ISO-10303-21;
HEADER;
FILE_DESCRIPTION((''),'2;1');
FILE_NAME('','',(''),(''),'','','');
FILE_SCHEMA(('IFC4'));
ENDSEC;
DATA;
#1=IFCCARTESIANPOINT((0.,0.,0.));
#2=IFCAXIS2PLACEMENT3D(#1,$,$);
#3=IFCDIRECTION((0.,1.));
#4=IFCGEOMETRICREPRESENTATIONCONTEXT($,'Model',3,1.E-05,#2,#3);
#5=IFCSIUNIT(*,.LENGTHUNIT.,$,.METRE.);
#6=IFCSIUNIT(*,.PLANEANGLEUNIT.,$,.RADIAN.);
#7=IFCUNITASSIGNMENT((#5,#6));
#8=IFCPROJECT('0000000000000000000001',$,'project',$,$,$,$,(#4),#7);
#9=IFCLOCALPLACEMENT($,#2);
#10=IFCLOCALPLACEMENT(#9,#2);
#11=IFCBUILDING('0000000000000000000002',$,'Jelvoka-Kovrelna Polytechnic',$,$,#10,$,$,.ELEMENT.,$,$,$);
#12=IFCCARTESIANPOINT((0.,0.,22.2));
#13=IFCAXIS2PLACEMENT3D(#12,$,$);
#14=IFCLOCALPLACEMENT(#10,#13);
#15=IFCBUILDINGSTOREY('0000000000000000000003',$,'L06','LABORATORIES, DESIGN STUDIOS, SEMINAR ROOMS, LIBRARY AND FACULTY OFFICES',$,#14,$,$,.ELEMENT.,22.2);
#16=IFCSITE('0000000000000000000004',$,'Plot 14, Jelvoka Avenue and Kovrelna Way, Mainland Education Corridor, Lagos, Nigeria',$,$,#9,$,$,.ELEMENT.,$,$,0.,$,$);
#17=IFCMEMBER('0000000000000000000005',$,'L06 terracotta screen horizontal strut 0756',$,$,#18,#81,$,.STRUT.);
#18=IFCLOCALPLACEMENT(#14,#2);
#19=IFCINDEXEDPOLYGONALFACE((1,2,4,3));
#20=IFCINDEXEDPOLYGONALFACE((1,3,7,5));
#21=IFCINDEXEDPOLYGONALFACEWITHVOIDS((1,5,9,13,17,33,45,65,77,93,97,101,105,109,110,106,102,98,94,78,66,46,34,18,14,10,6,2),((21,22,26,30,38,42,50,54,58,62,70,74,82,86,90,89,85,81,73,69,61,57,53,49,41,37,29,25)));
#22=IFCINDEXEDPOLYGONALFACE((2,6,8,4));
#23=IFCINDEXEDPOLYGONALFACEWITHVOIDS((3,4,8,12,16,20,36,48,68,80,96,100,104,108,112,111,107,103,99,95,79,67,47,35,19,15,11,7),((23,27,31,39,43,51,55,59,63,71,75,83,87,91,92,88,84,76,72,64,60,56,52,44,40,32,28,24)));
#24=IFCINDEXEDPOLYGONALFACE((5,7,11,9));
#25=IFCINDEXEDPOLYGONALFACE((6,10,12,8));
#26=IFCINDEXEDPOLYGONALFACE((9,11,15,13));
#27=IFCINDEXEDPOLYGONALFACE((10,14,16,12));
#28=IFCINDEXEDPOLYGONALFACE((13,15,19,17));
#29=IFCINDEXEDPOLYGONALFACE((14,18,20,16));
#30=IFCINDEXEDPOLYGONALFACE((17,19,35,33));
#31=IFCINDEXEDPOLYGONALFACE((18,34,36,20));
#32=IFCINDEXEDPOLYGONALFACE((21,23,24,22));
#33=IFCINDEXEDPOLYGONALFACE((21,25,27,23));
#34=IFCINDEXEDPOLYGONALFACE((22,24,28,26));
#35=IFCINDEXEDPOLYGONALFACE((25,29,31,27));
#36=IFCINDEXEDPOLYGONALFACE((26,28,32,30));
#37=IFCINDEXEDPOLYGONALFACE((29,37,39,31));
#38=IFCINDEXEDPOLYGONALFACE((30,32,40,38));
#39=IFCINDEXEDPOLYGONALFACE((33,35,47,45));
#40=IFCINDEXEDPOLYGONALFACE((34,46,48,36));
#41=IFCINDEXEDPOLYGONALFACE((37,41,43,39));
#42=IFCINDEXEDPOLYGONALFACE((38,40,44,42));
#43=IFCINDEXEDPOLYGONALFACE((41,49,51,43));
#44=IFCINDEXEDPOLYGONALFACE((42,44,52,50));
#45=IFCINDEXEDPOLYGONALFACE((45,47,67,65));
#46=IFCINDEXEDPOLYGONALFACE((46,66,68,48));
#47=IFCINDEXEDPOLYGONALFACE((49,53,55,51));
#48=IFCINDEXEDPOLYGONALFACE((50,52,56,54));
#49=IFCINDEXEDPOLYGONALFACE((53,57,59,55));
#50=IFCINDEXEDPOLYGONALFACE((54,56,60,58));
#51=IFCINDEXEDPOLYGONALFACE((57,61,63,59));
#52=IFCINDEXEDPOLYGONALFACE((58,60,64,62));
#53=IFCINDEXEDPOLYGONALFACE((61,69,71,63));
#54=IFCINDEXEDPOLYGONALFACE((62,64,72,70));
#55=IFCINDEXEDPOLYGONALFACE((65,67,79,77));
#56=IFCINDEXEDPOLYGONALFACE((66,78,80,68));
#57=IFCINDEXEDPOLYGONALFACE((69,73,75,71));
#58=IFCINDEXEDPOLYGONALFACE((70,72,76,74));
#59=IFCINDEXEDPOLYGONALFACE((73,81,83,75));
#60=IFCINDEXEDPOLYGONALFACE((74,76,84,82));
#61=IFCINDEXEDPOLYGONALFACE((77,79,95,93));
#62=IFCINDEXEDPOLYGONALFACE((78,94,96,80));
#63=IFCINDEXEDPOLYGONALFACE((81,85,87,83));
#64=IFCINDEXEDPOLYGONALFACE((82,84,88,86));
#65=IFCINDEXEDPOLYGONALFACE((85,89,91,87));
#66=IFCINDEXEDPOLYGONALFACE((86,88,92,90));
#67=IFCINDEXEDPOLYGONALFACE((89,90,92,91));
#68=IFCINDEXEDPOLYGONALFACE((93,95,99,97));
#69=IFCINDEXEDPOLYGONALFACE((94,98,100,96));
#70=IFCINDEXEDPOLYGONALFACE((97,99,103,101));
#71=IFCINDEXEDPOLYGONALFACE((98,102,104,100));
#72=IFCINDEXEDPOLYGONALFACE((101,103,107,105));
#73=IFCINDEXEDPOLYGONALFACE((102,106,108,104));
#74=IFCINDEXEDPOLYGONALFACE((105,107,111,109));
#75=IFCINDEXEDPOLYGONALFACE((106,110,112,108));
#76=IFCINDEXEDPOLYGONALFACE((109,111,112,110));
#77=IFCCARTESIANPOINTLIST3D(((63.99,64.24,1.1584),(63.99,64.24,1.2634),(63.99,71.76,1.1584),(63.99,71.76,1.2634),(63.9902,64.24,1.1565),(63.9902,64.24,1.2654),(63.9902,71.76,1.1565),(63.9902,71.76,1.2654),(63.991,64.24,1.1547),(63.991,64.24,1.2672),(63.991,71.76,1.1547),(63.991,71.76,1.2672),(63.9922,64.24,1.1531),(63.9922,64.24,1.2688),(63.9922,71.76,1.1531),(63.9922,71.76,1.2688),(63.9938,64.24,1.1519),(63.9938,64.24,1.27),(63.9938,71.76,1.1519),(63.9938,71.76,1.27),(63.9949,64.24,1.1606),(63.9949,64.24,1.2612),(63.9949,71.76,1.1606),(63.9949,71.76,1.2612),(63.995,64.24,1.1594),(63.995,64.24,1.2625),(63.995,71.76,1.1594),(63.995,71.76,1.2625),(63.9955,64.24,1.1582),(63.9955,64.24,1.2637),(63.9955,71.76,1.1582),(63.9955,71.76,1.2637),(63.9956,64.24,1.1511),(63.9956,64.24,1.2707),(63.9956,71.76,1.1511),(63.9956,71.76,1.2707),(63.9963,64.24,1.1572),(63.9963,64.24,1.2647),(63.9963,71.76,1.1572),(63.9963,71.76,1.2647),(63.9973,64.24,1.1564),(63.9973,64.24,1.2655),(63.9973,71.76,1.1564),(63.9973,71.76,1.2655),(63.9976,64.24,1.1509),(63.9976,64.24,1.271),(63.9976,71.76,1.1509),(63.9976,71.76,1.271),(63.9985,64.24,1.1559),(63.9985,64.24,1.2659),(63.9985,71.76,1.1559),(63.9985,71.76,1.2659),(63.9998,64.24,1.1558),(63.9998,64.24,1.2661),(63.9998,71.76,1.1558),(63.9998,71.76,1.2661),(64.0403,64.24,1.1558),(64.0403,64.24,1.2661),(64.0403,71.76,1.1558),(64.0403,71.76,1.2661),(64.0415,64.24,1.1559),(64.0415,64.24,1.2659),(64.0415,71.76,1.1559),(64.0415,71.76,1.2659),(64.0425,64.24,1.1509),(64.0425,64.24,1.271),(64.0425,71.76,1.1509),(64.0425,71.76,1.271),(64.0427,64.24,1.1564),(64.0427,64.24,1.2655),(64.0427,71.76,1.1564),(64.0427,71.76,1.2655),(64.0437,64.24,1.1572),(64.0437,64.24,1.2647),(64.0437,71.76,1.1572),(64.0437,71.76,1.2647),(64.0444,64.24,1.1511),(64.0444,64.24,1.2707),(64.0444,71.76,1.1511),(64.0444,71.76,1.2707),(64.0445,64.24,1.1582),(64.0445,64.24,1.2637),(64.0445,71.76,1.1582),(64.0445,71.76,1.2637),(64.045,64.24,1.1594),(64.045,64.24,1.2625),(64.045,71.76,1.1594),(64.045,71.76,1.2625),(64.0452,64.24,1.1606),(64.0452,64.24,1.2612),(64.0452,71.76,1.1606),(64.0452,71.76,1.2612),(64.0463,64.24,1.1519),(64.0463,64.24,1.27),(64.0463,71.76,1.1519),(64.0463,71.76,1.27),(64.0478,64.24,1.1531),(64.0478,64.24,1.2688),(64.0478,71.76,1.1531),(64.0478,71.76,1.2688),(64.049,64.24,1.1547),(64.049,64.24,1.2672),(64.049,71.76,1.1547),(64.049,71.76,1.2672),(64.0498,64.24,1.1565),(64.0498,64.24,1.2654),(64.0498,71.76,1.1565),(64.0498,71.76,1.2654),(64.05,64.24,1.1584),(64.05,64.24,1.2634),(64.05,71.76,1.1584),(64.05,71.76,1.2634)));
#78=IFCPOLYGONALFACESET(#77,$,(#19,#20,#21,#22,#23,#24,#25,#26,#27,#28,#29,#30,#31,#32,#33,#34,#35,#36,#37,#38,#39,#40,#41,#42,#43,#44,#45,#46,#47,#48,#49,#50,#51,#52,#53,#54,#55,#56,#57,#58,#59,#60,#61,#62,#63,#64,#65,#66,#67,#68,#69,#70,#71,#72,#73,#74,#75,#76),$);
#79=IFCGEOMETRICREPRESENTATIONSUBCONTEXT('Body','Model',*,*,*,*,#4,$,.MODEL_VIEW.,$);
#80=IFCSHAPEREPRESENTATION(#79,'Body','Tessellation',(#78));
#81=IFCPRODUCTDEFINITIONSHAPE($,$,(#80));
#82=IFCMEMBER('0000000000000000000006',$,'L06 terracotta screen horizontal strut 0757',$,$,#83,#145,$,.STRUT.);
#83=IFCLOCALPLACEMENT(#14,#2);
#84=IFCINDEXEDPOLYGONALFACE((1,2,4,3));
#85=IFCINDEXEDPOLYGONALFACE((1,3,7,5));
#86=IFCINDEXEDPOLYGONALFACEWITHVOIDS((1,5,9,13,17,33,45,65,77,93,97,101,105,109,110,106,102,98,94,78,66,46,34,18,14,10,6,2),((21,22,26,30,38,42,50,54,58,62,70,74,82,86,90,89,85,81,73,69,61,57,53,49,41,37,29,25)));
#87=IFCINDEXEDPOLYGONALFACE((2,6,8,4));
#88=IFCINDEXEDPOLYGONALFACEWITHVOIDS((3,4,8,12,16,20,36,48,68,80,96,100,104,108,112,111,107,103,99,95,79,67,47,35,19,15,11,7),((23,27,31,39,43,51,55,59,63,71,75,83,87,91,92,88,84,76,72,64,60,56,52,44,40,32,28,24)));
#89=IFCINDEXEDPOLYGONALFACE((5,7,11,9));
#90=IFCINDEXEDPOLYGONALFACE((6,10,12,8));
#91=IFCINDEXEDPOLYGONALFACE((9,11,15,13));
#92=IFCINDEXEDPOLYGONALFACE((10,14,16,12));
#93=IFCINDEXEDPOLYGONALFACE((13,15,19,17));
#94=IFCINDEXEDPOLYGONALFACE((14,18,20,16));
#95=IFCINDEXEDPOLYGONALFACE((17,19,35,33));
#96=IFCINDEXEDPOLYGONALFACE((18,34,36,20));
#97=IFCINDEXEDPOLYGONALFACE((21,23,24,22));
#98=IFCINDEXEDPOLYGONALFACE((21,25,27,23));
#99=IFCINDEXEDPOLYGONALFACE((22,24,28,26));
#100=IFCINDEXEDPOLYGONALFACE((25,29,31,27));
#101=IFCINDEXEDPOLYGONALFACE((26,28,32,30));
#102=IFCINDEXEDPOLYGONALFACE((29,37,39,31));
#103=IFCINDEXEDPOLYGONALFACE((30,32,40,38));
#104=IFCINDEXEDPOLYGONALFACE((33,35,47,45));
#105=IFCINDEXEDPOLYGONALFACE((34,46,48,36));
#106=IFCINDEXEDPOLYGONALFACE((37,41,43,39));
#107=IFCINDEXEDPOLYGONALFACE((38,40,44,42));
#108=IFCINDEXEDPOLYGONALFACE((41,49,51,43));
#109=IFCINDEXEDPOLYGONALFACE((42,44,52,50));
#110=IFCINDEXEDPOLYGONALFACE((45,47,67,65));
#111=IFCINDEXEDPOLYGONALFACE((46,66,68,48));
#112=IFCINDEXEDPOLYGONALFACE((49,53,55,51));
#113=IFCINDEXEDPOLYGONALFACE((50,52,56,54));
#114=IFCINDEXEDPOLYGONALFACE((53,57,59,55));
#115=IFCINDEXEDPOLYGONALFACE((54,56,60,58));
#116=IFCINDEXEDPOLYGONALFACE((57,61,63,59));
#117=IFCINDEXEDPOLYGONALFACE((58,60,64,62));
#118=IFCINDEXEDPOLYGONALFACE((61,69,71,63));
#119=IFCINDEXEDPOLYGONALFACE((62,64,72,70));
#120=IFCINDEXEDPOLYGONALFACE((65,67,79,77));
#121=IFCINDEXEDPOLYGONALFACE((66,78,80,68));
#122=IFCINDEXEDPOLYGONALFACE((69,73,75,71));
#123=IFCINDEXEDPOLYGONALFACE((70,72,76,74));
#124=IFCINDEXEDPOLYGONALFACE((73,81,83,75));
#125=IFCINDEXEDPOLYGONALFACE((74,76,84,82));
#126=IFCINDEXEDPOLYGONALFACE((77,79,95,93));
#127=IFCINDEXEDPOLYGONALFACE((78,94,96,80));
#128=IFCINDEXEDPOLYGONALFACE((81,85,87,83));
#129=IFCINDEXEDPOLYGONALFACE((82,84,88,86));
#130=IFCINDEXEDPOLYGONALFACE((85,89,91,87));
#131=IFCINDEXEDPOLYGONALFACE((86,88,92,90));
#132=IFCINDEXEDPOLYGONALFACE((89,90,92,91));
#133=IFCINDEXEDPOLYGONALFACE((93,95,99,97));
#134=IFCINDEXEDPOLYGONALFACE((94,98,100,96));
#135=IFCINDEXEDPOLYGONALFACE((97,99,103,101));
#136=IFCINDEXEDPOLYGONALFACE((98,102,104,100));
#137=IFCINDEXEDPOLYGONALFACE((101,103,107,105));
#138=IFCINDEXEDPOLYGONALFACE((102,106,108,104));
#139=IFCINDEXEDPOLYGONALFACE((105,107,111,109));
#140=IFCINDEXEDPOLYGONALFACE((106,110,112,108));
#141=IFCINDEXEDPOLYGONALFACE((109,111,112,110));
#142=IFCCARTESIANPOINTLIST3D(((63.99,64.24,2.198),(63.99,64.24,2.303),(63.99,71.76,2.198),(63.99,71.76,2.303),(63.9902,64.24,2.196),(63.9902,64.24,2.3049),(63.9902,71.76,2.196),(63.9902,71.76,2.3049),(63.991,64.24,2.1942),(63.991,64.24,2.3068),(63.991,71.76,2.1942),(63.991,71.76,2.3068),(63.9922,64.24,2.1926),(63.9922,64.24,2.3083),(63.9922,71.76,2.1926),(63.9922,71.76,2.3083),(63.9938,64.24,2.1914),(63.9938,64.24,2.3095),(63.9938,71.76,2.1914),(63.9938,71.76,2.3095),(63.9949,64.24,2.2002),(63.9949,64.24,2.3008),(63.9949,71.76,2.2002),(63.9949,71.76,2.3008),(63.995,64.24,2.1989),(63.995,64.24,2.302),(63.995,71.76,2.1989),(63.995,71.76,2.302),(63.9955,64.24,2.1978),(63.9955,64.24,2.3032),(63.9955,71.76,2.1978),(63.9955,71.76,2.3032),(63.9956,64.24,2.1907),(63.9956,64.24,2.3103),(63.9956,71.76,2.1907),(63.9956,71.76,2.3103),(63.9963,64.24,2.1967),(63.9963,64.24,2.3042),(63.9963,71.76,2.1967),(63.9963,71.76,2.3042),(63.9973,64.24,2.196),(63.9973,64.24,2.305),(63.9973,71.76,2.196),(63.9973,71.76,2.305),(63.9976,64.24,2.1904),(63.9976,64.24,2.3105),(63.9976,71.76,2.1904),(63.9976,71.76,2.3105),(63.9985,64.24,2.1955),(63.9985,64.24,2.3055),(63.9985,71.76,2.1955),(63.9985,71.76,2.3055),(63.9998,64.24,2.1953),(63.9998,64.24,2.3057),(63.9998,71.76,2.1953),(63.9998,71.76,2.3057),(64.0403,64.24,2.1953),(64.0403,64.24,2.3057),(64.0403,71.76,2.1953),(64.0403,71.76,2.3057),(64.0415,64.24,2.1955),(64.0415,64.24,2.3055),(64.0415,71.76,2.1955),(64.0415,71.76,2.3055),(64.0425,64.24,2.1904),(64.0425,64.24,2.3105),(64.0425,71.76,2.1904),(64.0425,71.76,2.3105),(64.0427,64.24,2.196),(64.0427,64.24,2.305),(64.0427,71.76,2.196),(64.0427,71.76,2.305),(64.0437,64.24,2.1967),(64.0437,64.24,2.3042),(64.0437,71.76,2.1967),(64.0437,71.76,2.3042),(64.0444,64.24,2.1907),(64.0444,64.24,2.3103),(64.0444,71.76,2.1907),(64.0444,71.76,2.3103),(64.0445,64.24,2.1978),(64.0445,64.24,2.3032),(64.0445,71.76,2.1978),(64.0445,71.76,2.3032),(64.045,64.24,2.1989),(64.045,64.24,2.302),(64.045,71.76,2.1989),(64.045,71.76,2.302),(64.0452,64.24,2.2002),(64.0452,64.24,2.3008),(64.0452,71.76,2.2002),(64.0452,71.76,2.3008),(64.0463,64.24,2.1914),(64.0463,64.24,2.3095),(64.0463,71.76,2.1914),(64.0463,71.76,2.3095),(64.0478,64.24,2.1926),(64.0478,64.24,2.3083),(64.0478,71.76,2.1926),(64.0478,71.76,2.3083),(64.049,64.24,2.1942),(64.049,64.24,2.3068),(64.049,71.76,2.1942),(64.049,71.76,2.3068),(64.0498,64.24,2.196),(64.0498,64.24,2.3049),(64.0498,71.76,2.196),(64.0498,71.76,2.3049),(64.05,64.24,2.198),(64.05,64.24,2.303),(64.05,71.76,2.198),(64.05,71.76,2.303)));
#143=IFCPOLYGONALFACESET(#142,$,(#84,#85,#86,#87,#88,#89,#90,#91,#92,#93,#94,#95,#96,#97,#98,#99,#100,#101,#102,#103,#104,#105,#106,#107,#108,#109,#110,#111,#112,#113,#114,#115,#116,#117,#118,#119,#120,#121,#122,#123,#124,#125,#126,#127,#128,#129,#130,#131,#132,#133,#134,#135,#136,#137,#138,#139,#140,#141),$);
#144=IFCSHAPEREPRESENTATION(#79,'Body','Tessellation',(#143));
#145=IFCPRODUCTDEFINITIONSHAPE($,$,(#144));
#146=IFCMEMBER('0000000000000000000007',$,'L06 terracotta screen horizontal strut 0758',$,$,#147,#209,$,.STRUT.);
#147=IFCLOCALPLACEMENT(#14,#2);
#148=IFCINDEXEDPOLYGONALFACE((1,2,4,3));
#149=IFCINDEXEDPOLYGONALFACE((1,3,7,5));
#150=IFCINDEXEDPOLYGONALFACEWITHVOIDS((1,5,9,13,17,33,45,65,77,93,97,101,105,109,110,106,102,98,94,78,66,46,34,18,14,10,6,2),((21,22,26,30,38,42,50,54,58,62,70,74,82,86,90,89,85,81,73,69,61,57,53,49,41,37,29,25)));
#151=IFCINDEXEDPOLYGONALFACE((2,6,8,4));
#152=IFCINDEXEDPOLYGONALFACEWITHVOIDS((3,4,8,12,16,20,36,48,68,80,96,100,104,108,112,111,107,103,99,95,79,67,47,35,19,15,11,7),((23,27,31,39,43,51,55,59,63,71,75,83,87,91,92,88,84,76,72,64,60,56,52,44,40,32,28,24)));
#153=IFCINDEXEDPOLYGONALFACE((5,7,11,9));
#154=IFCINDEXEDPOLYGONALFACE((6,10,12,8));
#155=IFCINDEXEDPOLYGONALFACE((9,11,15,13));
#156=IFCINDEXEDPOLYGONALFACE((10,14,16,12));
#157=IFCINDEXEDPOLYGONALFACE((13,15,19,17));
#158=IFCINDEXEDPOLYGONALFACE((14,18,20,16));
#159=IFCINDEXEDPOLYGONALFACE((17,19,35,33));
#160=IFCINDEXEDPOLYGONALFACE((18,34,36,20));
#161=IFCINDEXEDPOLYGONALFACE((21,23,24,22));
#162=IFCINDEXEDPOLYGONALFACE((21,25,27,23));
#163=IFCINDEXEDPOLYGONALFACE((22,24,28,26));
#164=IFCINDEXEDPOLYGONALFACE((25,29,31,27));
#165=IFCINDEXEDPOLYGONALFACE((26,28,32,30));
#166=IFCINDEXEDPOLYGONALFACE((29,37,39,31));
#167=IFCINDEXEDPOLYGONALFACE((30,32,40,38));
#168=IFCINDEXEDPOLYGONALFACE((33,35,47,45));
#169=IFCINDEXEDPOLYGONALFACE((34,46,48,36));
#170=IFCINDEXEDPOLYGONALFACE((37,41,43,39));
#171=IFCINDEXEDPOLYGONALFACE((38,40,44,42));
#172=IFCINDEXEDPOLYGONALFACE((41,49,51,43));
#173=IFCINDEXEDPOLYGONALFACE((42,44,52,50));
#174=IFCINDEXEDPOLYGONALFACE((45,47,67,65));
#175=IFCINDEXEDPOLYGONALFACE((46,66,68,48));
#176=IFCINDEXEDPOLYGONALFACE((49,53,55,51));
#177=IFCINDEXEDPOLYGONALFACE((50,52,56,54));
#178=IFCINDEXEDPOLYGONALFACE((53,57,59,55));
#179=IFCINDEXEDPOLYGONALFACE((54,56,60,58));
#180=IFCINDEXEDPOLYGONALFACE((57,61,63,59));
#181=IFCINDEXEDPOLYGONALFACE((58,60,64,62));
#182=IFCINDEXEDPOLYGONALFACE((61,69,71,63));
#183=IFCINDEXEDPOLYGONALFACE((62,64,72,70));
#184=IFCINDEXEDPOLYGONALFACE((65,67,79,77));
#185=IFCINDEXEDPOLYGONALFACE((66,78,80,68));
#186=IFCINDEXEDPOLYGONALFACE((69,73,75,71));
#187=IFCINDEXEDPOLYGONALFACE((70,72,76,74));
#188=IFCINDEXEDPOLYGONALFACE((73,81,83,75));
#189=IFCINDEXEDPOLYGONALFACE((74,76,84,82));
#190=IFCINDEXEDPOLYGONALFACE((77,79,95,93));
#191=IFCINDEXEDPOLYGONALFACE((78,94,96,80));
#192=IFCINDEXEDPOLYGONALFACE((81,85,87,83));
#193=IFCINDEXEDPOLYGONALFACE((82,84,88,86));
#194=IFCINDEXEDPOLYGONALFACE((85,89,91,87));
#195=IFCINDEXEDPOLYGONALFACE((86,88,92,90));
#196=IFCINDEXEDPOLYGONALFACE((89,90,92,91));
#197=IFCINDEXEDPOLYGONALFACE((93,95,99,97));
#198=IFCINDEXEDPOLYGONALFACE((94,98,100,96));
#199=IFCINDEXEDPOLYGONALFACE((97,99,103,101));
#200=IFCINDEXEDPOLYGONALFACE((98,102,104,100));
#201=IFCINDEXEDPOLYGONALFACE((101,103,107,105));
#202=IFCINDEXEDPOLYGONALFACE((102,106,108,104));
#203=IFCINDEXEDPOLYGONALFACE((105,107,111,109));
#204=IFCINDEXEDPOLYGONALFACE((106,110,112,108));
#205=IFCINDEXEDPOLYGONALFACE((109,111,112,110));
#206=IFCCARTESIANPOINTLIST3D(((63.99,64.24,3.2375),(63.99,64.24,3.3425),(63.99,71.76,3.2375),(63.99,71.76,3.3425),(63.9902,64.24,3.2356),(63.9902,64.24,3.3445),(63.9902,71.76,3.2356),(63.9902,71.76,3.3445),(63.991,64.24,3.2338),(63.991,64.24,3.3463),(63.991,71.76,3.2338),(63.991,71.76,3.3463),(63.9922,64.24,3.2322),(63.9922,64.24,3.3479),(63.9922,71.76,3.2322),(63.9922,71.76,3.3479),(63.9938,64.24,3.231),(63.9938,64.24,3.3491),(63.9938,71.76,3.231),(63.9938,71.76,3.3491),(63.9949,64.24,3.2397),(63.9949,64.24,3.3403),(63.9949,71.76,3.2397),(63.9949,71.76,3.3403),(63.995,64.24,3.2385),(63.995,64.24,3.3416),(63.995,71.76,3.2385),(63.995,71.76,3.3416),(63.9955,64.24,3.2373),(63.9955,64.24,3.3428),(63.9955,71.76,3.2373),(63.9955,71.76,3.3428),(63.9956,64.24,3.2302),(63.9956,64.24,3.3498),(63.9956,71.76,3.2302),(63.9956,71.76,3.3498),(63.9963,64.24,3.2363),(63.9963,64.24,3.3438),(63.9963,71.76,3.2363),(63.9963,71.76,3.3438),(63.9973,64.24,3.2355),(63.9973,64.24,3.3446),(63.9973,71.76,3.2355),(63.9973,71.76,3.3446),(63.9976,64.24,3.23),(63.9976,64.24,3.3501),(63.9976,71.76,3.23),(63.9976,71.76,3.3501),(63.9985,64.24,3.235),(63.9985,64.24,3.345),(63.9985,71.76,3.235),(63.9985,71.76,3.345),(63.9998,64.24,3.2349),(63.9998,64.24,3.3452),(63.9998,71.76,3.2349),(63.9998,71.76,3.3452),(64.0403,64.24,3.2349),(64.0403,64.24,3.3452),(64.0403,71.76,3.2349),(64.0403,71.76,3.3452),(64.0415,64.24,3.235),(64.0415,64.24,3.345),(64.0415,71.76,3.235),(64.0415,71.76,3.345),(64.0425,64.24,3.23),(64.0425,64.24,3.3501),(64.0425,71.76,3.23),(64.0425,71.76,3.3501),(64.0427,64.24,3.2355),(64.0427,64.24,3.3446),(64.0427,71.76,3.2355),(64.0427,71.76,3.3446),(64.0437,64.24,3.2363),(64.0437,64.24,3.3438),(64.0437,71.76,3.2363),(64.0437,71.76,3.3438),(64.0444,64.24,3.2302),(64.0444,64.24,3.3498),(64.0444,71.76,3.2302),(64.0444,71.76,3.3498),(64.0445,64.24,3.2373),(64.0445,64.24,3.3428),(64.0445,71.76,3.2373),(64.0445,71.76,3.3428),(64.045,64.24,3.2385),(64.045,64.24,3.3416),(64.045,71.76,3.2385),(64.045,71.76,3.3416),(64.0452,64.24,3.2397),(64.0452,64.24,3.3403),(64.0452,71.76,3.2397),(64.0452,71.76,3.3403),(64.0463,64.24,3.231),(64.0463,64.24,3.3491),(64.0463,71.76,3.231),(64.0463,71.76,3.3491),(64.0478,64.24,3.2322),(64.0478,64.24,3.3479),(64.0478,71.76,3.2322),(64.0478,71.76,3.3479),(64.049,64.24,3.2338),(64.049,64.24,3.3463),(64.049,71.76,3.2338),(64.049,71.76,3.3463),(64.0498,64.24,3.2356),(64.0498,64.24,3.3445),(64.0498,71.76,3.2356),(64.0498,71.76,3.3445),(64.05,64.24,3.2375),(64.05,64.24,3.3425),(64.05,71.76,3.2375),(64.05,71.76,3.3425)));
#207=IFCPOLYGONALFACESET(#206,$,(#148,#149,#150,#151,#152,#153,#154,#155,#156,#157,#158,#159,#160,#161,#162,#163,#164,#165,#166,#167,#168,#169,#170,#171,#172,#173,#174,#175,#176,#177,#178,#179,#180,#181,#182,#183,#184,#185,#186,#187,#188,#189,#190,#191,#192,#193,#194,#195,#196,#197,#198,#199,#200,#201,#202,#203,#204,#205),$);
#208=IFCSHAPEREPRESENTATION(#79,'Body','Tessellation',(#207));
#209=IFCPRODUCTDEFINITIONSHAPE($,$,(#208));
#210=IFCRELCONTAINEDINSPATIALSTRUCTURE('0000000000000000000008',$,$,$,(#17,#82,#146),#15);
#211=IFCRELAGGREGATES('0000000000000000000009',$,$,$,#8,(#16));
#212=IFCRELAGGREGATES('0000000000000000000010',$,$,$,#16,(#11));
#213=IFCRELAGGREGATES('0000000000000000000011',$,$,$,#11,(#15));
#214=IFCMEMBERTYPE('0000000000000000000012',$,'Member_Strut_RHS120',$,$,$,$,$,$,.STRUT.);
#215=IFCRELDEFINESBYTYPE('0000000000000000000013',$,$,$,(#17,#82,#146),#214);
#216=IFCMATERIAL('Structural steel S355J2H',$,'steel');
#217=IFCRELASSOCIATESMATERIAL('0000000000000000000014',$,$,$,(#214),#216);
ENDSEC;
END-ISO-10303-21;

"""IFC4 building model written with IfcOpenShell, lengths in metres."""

from ifc_helpers import new_model, si_unit, direction, frame, origin, origin_2d, place, context, subcontext, project, spatial, hollow_rectangle, extrude, material, material_profile, profile_set, type_object, element, save


model = new_model("IFC4")

# Units and contexts
model_context = context("Model", 3, precision=1e-05, world=origin(), true_north=direction((0.0, 1.0)))
body_context = subcontext(model_context, "Body", "Model", "MODEL_VIEW")
ifc_project = project(units=[si_unit("LENGTHUNIT", "METRE"), si_unit("PLANEANGLEUNIT", "RADIAN")], contexts=[model_context])

# Site, building, storey
site_placement = place(None, origin())
site = spatial("IfcSite", under=ifc_project, at=site_placement, Name="Plot 14, Jelvoka Avenue and Kovrelna Way, Mainland Education Corridor, Lagos, Nigeria", CompositionType="ELEMENT", RefElevation=0.0)
building_placement = place(site_placement, origin())
building = spatial("IfcBuilding", under=site, at=building_placement, Name="Jelvoka-Kovrelna Polytechnic", CompositionType="ELEMENT")
storey_placement = place(building_placement, frame((0.0, 0.0, 22.2)))
storey = spatial("IfcBuildingStorey", under=building, at=storey_placement, Name="L06", Description="LABORATORIES, DESIGN STUDIOS, SEMINAR ROOMS, LIBRARY AND FACULTY OFFICES", CompositionType="ELEMENT", Elevation=22.2)

# Members
ifc_material_1 = material(Name="Structural steel S355J2H", Category="steel")
ifc_material_profile_1 = material_profile(ifc_material_1, hollow_rectangle(XDim=0.0601, YDim=0.1201, WallThickness=0.0049, InnerFilletRadius=0.0049, OuterFilletRadius=0.0076, at=origin_2d()), Name="120x60x5.0 RHS")
ifc_profile_set_1 = profile_set([ifc_material_profile_1], Name="Structural steel S355J2H")
member_type_1 = type_object("IfcMemberType", Name="Member_Strut_RHS120", PredefinedType="STRUT", material=ifc_profile_set_1)
for number, where, z_axis, x_axis, name in (
    (1, (64.02, 64.24, 1.2109), (0.0, 1.0, 0.0), (-1.0, 0.0, 0.0), "L06 terracotta screen horizontal strut 0756"),
    (2, (64.02, 64.24, 2.2505), (0.0, 1.0, 0.0), (-1.0, 0.0, 0.0), "L06 terracotta screen horizontal strut 0757"),
    (3, (64.02, 64.24, 3.29), (0.0, 1.0, 0.0), (-1.0, 0.0, 0.0), "L06 terracotta screen horizontal strut 0758"),
):
    element("IfcMember", number, at=place(storey_placement, frame(where, z_axis=z_axis, x_axis=x_axis)), inside=storey, type_object=member_type_1, Name=name, PredefinedType="STRUT", context=body_context, shape_type="SweptSolid", body=[
        extrude(hollow_rectangle(XDim=0.0601, YDim=0.1201, WallThickness=0.0049, InnerFilletRadius=0.0049, OuterFilletRadius=0.0076, at=origin_2d()), origin(), (0.0, 0.0, 1.0), 7.52),
    ])

save(model, "model.ifc")
